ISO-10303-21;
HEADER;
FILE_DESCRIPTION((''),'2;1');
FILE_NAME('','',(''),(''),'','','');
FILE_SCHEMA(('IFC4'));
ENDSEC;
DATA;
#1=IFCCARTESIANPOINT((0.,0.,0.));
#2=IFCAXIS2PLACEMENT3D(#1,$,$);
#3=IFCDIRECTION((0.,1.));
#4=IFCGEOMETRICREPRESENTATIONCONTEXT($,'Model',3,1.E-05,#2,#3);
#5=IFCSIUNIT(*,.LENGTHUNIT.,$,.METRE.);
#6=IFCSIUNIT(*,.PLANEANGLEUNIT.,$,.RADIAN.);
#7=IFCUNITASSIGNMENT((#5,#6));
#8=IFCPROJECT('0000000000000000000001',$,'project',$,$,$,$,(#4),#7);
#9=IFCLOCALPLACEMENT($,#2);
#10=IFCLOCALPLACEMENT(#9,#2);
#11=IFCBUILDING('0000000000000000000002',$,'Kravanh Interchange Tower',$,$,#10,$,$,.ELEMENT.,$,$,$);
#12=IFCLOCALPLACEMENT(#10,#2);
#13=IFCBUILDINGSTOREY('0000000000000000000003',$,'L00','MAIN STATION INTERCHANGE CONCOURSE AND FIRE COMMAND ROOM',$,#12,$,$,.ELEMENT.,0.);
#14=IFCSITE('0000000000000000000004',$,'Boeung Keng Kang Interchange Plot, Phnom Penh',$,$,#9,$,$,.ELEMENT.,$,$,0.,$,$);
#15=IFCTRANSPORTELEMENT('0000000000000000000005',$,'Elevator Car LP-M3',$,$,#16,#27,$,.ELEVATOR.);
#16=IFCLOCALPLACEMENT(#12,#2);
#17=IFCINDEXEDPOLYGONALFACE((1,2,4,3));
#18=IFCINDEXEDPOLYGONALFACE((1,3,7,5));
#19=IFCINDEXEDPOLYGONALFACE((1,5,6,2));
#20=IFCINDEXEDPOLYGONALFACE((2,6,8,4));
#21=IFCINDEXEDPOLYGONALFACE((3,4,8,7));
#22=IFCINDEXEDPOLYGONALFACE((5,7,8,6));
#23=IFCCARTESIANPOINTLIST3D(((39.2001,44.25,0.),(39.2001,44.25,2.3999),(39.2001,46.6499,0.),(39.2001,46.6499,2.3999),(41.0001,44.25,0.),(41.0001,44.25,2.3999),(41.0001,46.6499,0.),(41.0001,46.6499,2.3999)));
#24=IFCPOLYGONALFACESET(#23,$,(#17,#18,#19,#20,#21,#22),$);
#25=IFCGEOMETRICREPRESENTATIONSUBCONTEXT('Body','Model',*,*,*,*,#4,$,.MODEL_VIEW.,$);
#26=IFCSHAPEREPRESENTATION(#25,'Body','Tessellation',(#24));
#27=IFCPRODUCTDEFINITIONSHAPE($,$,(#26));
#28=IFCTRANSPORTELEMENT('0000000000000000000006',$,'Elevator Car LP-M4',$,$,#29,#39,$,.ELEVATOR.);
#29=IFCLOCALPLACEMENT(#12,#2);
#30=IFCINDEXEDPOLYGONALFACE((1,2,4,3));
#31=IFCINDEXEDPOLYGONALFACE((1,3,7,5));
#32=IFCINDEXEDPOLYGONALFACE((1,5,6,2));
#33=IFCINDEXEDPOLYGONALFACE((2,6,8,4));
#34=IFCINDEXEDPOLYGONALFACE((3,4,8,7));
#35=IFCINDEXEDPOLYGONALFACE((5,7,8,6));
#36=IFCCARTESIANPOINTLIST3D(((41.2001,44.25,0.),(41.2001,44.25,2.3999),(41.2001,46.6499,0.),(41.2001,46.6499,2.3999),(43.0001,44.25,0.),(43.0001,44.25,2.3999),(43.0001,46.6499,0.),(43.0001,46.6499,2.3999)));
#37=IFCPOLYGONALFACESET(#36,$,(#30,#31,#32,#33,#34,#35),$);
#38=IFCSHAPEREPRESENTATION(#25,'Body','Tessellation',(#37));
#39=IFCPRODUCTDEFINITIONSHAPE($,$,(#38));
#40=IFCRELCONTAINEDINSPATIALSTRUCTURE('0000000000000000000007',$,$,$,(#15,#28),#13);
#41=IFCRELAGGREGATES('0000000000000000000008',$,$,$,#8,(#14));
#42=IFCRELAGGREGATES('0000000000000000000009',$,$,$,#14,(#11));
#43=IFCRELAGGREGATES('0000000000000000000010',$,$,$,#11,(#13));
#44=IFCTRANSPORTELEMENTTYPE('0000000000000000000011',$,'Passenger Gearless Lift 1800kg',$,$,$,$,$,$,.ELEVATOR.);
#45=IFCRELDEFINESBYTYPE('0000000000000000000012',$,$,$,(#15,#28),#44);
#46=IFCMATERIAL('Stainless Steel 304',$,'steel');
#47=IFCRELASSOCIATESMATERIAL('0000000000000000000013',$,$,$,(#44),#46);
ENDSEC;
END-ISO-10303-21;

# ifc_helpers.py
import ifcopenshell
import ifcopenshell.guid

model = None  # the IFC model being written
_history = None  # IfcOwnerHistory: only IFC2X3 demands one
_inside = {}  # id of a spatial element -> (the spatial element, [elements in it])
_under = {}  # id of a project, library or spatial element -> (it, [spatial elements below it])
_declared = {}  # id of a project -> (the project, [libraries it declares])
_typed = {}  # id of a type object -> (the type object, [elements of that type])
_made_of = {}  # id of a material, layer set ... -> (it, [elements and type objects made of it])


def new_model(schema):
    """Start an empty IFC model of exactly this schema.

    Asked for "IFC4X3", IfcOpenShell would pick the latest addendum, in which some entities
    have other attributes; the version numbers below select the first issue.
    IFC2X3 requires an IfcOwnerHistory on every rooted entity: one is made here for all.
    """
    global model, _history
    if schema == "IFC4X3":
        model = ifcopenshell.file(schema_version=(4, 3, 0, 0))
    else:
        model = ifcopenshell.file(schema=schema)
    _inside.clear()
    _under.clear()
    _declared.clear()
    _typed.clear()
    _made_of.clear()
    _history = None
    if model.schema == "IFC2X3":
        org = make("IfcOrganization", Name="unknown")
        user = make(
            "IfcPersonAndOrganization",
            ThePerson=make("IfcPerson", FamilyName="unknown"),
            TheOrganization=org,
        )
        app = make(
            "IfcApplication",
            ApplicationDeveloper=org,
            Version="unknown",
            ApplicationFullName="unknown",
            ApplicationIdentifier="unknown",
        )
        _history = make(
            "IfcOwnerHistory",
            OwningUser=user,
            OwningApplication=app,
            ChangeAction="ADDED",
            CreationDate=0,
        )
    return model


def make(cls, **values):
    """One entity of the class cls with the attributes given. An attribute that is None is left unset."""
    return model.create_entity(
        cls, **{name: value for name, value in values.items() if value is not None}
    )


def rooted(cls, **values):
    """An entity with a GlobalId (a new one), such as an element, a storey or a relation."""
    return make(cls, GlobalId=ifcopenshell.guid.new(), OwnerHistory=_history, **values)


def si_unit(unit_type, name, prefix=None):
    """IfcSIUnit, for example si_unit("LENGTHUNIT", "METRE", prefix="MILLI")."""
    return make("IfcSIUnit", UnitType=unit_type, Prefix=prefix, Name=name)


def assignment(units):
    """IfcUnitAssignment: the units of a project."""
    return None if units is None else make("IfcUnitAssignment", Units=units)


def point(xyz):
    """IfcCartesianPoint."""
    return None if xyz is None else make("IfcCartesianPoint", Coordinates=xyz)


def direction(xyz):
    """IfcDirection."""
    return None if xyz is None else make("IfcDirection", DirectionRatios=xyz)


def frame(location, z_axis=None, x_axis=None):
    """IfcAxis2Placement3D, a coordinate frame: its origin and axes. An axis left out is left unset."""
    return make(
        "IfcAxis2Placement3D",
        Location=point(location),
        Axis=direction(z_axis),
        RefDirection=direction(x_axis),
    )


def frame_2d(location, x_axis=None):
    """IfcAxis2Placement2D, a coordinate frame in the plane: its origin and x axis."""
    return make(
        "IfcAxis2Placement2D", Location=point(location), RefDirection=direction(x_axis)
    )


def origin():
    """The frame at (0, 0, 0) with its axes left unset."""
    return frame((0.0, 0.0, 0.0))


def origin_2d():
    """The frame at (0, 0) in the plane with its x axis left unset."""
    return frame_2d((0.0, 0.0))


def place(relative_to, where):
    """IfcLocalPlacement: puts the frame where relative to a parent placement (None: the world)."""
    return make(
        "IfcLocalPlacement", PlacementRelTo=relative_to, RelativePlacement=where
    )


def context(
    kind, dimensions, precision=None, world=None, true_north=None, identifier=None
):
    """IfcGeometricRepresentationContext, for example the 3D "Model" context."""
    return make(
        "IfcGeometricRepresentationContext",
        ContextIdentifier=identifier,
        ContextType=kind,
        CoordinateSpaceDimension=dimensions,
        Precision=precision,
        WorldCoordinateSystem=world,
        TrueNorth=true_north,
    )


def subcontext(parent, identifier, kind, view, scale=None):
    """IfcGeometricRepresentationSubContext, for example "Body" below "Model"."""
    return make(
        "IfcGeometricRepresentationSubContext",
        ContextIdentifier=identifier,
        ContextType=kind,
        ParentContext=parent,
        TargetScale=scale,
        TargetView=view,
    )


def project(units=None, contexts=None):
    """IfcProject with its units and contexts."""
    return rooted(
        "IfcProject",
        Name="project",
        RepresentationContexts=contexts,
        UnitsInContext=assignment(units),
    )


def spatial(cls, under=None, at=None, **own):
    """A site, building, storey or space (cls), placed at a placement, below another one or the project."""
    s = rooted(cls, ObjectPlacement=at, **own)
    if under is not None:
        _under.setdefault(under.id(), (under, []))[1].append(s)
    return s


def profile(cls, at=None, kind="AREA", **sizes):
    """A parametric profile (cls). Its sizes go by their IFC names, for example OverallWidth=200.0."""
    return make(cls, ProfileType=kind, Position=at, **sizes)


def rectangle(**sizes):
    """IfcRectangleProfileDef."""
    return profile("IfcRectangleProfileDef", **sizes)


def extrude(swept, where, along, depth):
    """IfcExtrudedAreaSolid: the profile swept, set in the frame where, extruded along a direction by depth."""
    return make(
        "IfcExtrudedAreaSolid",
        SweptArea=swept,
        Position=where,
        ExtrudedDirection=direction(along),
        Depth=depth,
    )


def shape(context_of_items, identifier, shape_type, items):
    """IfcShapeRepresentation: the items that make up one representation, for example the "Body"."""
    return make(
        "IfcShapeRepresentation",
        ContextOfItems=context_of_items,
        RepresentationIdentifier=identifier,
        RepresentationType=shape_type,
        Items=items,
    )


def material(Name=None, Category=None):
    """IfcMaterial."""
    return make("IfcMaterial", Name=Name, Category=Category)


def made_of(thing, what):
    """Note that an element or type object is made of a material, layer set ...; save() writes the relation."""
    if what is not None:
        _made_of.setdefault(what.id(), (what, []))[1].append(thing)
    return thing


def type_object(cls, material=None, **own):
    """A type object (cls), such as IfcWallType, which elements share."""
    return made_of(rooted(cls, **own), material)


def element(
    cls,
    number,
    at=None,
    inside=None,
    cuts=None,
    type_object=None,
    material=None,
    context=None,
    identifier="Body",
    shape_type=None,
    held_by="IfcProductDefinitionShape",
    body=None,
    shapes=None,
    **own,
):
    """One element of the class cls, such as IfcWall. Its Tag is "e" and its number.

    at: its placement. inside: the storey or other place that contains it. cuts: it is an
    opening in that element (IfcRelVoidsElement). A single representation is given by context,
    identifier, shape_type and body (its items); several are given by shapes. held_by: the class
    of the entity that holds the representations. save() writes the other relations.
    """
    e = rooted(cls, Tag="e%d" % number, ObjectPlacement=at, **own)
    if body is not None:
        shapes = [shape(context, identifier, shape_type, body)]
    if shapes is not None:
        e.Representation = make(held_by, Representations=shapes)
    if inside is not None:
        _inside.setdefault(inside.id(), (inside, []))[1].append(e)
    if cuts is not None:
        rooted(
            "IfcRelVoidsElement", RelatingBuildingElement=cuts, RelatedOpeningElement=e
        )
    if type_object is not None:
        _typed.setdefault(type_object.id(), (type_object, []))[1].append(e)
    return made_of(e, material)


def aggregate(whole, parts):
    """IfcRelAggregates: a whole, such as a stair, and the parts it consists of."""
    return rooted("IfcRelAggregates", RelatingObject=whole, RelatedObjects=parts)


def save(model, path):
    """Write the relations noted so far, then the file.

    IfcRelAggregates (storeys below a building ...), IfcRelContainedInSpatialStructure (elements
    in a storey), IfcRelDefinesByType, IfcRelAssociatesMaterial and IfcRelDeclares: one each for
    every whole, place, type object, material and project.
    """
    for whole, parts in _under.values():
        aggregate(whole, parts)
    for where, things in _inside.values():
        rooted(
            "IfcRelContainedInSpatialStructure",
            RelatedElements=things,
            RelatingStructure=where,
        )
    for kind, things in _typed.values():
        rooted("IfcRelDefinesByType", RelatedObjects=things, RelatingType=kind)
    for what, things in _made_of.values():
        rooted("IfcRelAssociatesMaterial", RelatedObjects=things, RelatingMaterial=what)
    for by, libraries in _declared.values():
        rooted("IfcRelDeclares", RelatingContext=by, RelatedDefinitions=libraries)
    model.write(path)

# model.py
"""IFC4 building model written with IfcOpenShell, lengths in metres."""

from ifc_helpers import new_model, si_unit, direction, frame, origin, origin_2d, place, context, subcontext, project, spatial, rectangle, extrude, material, type_object, element, save


model = new_model("IFC4")

# Units and contexts
model_context = context("Model", 3, precision=1e-05, world=origin(), true_north=direction((0.0, 1.0)))
body_context = subcontext(model_context, "Body", "Model", "MODEL_VIEW")
ifc_project = project(units=[si_unit("LENGTHUNIT", "METRE"), si_unit("PLANEANGLEUNIT", "RADIAN")], contexts=[model_context])

# Site, building, storey
site_placement = place(None, origin())
site = spatial("IfcSite", under=ifc_project, at=site_placement, Name="Boeung Keng Kang Interchange Plot, Phnom Penh", CompositionType="ELEMENT", RefElevation=0.0)
building_placement = place(site_placement, origin())
building = spatial("IfcBuilding", under=site, at=building_placement, Name="Kravanh Interchange Tower", CompositionType="ELEMENT")
storey_placement = place(building_placement, origin())
storey = spatial("IfcBuildingStorey", under=building, at=storey_placement, Name="L00", Description="MAIN STATION INTERCHANGE CONCOURSE AND FIRE COMMAND ROOM", CompositionType="ELEMENT", Elevation=0.0)

# Transport elements
ifc_material_1 = material(Name="Stainless Steel 304", Category="steel")
transport_element_type = type_object("IfcTransportElementType", Name="Passenger Gearless Lift 1800kg", PredefinedType="ELEVATOR", material=ifc_material_1)
for number, where, z_axis, x_axis, name in (
    (1, (40.1001, 45.45, 0.0), (0.0, 0.0, 1.0), (1.0, 0.0, 0.0), "Elevator Car LP-M3"),
    (2, (42.1001, 45.45, 0.0), (0.0, 0.0, 1.0), (1.0, 0.0, 0.0), "Elevator Car LP-M4"),
):
    element("IfcTransportElement", number, at=place(storey_placement, frame(where, z_axis=z_axis, x_axis=x_axis)), inside=storey, type_object=transport_element_type, Name=name, PredefinedType="ELEVATOR", context=body_context, shape_type="SweptSolid", body=[
        extrude(rectangle(XDim=1.8, YDim=2.3999, at=origin_2d()), origin(), (0.0, 0.0, 1.0), 2.3999),
    ])

save(model, "model.ifc")
